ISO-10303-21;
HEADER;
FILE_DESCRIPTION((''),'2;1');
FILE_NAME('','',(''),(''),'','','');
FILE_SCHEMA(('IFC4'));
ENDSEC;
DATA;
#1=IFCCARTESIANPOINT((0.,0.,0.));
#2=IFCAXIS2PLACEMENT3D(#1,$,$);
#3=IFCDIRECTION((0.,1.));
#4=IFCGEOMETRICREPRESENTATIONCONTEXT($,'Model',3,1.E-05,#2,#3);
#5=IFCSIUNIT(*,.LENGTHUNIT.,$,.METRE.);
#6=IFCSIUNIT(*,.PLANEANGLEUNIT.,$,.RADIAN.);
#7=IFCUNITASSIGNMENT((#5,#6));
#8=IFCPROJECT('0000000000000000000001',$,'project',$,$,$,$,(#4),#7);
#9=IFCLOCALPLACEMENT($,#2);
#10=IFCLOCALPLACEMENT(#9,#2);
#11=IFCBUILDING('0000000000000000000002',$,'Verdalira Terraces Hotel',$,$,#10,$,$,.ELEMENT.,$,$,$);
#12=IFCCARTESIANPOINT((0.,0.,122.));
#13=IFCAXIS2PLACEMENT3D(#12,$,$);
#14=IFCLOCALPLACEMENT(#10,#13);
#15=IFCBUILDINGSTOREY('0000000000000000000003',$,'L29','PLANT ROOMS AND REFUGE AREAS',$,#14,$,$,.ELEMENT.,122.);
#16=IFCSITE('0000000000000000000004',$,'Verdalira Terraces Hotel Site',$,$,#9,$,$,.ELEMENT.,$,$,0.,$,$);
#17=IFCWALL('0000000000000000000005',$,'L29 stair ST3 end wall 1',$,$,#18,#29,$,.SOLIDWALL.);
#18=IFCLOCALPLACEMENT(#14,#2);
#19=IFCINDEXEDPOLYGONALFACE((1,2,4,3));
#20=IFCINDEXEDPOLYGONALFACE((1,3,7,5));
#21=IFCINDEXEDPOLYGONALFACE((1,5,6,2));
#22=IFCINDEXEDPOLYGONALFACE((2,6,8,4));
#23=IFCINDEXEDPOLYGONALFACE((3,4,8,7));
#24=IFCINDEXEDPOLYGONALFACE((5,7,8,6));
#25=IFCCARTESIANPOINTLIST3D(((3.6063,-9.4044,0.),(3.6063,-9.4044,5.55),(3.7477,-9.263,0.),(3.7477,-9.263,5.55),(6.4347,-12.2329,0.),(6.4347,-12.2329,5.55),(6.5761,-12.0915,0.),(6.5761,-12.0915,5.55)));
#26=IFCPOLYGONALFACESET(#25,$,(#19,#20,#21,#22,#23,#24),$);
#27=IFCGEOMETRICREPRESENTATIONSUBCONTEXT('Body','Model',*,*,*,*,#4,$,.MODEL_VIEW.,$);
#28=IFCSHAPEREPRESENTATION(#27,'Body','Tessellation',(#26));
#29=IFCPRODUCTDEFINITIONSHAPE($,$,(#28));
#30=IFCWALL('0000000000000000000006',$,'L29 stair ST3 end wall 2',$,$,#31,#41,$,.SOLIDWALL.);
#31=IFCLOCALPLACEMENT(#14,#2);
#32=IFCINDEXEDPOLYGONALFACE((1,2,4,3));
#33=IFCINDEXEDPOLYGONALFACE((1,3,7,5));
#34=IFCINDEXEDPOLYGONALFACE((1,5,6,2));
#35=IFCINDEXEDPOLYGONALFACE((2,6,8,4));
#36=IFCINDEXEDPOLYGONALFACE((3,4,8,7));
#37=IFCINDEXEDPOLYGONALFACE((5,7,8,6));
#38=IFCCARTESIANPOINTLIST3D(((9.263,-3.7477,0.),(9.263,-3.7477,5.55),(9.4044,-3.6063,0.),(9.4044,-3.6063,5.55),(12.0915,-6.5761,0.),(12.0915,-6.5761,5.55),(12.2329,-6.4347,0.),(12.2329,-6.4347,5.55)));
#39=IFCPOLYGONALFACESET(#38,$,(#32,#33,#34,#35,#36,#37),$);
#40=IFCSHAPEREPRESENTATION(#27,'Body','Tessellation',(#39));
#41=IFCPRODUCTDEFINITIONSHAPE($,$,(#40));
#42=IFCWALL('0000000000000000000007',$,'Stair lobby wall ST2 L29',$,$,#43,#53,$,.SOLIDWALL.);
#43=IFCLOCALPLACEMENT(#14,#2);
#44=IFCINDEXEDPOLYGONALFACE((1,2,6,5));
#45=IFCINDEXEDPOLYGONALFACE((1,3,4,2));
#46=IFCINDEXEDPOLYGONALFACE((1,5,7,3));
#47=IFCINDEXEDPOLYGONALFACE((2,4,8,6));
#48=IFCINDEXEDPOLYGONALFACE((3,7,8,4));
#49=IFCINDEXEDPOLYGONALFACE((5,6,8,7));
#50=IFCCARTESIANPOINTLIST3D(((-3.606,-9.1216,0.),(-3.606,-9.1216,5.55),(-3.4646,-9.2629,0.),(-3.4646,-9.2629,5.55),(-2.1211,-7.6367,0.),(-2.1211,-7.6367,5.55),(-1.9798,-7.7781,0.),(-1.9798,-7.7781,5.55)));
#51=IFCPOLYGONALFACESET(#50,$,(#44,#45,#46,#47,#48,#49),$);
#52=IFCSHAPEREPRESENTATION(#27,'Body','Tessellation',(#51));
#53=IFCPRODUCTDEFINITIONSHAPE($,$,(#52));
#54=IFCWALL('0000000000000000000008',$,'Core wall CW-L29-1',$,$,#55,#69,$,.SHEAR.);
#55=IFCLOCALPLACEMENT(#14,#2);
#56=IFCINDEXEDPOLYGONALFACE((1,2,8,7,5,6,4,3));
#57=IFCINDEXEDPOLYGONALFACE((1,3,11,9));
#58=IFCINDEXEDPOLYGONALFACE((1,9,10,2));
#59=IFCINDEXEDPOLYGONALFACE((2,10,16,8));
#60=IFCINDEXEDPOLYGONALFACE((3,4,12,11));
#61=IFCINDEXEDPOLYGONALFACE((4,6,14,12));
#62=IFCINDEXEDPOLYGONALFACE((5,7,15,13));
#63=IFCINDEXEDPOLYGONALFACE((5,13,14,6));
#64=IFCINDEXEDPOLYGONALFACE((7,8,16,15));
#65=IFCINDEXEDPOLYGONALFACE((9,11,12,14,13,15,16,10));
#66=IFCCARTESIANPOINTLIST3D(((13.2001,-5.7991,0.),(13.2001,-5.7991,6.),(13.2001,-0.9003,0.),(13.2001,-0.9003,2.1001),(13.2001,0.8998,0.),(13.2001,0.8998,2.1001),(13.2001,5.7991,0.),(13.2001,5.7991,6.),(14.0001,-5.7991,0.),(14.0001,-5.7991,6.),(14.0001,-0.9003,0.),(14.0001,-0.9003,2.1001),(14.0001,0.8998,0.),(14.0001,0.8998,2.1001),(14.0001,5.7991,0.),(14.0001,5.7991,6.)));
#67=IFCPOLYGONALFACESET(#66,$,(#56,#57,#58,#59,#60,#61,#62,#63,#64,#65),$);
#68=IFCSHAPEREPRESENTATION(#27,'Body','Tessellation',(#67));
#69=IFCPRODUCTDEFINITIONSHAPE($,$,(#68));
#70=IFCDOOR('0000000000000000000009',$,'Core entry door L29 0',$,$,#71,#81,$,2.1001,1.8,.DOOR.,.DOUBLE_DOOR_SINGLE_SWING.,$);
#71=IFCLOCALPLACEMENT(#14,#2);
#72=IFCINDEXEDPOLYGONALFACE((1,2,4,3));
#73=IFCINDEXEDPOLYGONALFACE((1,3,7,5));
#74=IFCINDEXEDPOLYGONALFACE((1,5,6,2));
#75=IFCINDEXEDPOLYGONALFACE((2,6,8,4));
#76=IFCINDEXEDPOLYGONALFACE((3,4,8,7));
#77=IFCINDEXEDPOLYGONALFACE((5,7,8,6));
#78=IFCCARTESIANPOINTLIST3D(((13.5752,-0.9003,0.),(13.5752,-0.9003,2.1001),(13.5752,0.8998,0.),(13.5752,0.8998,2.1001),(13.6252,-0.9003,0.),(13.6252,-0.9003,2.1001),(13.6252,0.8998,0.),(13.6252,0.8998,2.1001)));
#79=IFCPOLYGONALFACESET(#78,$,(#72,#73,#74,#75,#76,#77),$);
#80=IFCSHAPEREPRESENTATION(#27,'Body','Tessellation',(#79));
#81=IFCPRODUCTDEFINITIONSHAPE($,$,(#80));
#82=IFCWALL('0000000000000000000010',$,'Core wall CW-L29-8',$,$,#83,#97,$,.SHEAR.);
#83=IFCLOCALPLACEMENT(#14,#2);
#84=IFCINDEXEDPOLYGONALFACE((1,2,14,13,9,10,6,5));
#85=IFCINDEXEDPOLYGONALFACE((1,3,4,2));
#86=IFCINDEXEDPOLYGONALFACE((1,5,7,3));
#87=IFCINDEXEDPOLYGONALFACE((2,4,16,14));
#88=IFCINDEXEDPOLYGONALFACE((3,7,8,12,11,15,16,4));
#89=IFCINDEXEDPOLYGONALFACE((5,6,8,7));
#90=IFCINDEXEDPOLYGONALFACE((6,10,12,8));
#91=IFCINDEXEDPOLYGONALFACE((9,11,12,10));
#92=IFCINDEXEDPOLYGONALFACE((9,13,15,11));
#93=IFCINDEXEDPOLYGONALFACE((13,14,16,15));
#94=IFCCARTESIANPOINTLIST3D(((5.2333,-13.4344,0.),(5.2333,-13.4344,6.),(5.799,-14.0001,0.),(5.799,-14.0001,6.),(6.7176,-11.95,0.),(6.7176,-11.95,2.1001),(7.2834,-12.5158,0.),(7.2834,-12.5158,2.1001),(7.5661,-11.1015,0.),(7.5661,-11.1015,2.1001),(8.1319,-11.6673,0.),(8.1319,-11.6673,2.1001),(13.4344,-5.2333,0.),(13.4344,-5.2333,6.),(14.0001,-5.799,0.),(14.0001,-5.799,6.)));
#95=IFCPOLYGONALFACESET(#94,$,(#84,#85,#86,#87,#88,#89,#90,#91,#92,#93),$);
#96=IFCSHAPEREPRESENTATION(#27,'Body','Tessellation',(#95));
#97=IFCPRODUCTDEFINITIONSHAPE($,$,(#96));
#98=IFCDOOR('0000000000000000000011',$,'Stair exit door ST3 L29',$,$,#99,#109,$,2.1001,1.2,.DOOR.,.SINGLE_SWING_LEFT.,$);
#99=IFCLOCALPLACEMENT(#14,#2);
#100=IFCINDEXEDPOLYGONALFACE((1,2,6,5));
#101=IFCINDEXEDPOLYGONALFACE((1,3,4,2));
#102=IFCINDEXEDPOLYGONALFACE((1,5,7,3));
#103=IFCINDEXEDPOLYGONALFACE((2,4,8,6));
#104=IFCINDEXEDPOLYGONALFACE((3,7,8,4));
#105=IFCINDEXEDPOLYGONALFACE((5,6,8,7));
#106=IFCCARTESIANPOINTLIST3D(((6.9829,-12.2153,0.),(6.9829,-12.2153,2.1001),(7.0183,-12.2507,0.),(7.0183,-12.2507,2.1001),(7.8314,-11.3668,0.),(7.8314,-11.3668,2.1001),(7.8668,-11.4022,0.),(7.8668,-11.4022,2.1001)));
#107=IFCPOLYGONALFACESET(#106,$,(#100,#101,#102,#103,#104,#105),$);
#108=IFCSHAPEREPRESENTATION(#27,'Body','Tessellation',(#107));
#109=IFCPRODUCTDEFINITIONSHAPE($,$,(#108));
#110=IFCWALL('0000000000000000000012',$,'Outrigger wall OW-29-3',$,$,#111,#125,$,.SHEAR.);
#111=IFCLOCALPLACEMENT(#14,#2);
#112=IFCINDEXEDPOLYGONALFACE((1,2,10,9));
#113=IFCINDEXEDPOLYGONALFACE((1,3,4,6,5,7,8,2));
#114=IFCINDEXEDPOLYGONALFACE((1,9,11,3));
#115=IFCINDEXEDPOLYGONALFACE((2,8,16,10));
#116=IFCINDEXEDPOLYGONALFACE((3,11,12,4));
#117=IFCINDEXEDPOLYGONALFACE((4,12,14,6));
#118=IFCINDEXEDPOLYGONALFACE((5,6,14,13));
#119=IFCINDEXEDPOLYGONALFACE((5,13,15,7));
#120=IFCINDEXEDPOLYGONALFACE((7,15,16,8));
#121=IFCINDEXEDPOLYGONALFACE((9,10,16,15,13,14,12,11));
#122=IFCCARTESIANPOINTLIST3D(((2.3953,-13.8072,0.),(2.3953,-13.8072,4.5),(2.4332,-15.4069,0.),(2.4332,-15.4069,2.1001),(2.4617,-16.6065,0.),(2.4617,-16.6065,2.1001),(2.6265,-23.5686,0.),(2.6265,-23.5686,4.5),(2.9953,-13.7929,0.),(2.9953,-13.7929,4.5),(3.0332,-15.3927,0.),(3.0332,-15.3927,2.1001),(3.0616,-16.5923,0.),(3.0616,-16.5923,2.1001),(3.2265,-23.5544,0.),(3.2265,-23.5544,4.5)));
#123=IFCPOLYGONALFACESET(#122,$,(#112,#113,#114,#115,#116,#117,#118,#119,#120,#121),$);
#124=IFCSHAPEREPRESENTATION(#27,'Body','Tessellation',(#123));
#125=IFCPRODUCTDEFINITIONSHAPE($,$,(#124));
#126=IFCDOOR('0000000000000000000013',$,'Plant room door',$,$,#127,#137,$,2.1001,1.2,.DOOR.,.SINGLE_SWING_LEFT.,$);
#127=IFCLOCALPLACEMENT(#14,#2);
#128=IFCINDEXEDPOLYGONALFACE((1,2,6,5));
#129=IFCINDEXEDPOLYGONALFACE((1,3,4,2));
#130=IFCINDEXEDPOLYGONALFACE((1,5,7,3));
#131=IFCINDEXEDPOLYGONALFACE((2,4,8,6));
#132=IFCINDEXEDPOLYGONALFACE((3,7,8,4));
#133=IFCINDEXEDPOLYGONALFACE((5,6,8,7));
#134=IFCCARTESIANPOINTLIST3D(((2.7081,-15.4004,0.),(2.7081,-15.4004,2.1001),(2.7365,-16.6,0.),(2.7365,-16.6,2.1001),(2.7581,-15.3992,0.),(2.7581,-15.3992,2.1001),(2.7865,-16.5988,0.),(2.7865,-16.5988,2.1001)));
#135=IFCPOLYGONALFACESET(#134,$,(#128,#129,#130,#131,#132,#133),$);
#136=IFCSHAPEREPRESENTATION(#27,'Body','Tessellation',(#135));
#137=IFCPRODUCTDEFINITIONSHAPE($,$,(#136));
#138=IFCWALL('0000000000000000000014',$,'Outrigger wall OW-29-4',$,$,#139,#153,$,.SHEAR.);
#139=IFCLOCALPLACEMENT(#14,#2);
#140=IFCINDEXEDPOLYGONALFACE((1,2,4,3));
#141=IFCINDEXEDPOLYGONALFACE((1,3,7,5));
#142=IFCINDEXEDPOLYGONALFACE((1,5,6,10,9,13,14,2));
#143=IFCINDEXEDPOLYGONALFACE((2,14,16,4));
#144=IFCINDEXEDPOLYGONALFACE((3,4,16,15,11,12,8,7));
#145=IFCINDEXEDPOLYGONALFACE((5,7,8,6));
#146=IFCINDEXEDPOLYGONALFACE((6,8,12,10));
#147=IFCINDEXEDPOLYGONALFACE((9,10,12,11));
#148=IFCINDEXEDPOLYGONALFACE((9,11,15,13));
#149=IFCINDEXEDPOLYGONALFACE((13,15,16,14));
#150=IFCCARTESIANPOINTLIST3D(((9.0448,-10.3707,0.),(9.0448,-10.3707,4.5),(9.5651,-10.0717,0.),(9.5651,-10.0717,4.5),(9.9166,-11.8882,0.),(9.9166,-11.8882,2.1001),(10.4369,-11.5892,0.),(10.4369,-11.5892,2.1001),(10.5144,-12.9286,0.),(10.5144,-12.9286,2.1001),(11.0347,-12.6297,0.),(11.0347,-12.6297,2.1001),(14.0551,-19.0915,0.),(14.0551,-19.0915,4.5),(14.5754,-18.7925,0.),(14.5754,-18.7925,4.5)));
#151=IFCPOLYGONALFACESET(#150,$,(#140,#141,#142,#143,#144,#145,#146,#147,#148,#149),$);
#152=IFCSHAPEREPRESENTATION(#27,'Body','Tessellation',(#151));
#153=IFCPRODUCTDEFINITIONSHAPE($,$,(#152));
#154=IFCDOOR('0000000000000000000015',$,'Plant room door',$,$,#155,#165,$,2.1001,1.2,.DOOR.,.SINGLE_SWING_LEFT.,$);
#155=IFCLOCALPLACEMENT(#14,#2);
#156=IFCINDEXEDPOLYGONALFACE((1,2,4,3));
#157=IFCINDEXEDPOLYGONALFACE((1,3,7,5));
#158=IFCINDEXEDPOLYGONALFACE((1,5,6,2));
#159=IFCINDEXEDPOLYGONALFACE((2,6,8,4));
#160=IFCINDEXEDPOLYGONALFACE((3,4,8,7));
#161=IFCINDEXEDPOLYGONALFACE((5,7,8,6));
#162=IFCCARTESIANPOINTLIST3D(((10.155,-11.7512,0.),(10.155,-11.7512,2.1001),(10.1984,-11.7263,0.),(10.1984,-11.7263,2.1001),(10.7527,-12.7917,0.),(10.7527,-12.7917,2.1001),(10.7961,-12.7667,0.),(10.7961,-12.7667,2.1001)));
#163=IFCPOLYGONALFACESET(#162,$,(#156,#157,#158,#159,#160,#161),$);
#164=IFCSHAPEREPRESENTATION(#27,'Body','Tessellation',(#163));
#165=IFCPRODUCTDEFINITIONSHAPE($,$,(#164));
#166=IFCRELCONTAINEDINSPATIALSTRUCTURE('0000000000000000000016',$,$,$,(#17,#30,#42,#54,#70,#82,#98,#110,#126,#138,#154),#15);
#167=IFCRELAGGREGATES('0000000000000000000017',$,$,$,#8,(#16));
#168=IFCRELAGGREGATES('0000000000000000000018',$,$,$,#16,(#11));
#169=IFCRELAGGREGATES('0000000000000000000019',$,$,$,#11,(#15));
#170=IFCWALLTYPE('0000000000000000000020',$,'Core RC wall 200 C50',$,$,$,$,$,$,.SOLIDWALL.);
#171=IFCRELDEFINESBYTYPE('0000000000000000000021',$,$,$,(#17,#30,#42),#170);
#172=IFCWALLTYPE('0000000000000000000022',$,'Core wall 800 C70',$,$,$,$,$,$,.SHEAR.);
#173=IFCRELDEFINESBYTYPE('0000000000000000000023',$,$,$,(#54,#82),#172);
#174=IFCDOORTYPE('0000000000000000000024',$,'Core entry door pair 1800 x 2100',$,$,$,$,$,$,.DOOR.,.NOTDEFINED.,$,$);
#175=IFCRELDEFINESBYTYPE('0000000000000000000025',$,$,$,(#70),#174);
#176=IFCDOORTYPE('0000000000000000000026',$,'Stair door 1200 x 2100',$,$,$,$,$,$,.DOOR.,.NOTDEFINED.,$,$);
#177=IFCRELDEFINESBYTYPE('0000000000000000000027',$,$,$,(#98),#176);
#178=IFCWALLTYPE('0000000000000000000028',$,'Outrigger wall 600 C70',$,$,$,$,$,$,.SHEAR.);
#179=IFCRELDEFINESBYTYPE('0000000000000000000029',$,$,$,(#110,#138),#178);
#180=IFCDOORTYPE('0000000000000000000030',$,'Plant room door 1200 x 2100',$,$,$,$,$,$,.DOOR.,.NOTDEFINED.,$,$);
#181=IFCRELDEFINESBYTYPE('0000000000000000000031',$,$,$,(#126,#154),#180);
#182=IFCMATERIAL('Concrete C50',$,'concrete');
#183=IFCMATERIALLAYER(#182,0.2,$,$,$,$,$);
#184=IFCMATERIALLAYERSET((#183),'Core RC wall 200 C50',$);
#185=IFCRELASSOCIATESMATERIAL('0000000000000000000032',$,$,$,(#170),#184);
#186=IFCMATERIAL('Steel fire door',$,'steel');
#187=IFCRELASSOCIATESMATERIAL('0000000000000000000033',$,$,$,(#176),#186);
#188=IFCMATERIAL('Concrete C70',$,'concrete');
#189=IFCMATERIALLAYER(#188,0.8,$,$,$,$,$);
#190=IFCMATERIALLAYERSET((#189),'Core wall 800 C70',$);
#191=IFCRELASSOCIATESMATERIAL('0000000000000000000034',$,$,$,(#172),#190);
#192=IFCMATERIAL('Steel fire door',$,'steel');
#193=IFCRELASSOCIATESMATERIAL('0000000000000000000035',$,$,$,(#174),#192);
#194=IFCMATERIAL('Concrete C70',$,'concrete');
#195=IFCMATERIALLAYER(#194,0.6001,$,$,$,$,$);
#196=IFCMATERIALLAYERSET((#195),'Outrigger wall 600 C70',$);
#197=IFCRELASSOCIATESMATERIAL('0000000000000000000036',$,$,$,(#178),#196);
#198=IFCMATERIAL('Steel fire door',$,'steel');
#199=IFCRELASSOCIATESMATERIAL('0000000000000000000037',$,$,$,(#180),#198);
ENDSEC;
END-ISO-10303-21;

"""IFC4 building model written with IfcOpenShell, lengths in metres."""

from ifc_helpers import new_model, si_unit, direction, frame, frame_2d, origin, place, context, subcontext, project, spatial, rectangle, extrude, material, layer, layer_set, type_object, element, fill, save


model = new_model("IFC4")

# Units and contexts
model_context = context("Model", 3, precision=1e-05, world=origin(), true_north=direction((0.0, 1.0)))
body_context = subcontext(model_context, "Body", "Model", "MODEL_VIEW")
ifc_project = project(units=[si_unit("LENGTHUNIT", "METRE"), si_unit("PLANEANGLEUNIT", "RADIAN")], contexts=[model_context])

# Site, building, storey
site_placement = place(None, origin())
site = spatial("IfcSite", under=ifc_project, at=site_placement, Name="Verdalira Terraces Hotel Site", CompositionType="ELEMENT", RefElevation=0.0)
building_placement = place(site_placement, origin())
building = spatial("IfcBuilding", under=site, at=building_placement, Name="Verdalira Terraces Hotel", CompositionType="ELEMENT")
storey_placement = place(building_placement, frame((0.0, 0.0, 122.0)))
storey = spatial("IfcBuildingStorey", under=building, at=storey_placement, Name="L29", Description="PLANT ROOMS AND REFUGE AREAS", CompositionType="ELEMENT", Elevation=122.0)

# Shared definitions
ifc_material_1 = material(Name="Concrete C50", Category="concrete")
ifc_layer_1 = layer(ifc_material_1, 0.2)
ifc_layer_set_1 = layer_set([ifc_layer_1], Name="Core RC wall 200 C50")
wall_type_1 = type_object("IfcWallType", Name="Core RC wall 200 C50", PredefinedType="SOLIDWALL", material=ifc_layer_set_1)

# Shared definitions
ifc_material_2 = material(Name="Steel fire door", Category="steel")
door_type_1 = type_object("IfcDoorType", Name="Stair door 1200 x 2100", OperationType="NOTDEFINED", PredefinedType="DOOR", material=ifc_material_2)

# Walls
for number, where, z_axis, x_axis, name in (
    (1, (3.677, -9.3337, 0.0), (0.0, 0.0, 1.0), (0.707107, -0.707107, 0.0), "L29 stair ST3 end wall 1"),
    (2, (9.3337, -3.677, 0.0), (0.0, 0.0, 1.0), (0.707107, -0.707107, 0.0), "L29 stair ST3 end wall 2"),
):
    element("IfcWall", number, at=place(storey_placement, frame(where, z_axis=z_axis, x_axis=x_axis)), inside=storey, type_object=wall_type_1, Name=name, PredefinedType="SOLIDWALL", context=body_context, shape_type="SweptSolid", body=[
        extrude(rectangle(XDim=4.0, YDim=0.2, at=frame_2d((2.0, 0.0))), origin(), (0.0, 0.0, 1.0), 5.55),
    ])
wall_1_placement = place(storey_placement, frame((-2.0505, -7.7075, 0.0), z_axis=(0.0, 0.0, 1.0), x_axis=(-0.707107, -0.707107, 0.0)))
element("IfcWall", 3, at=wall_1_placement, inside=storey, type_object=wall_type_1, Name="Stair lobby wall ST2 L29", PredefinedType="SOLIDWALL", context=body_context, shape_type="SweptSolid", body=[
    extrude(rectangle(XDim=2.0999, YDim=0.2, at=frame_2d((1.0498, 0.0))), origin(), (0.0, 0.0, 1.0), 5.55),
])

# Walls, openings, doors
ifc_material_3 = material(Name="Concrete C70", Category="concrete")
ifc_layer_2 = layer(ifc_material_3, 0.8)
ifc_layer_set_2 = layer_set([ifc_layer_2], Name="Core wall 800 C70")
wall_type_2 = type_object("IfcWallType", Name="Core wall 800 C70", PredefinedType="SHEAR", material=ifc_layer_set_2)
wall_2_placement = place(storey_placement, frame((13.6001, -5.7991, 0.0), z_axis=(0.0, 0.0, 1.0), x_axis=(0.0, 1.0, 0.0)))
wall_2 = element("IfcWall", 4, at=wall_2_placement, inside=storey, type_object=wall_type_2, Name="Core wall CW-L29-1", PredefinedType="SHEAR", context=body_context, shape_type="SweptSolid", body=[
    extrude(rectangle(XDim=11.5981, YDim=0.8, at=frame_2d((5.7991, 0.0))), origin(), (0.0, 0.0, 1.0), 6.0),
])
opening_1_placement = place(wall_2_placement, frame((4.8989, 0.0, 0.0)))
opening_1 = element("IfcOpeningElement", 5, at=opening_1_placement, cuts=wall_2, PredefinedType="OPENING", context=body_context, shape_type="SweptSolid", body=[
    extrude(rectangle(XDim=1.8, YDim=2.1001, at=frame_2d((0.8999, 1.05))), frame((0.0, 0.4099, 0.0), z_axis=(0.0, -1.0, 0.0), x_axis=(1.0, 0.0, 0.0)), (0.0, 0.0, 1.0), 0.8201),
])
ifc_material_4 = material(Name="Steel fire door", Category="steel")
door_type_2 = type_object("IfcDoorType", Name="Core entry door pair 1800 x 2100", OperationType="NOTDEFINED", PredefinedType="DOOR", material=ifc_material_4)
door_1_placement = place(opening_1_placement, origin())
door_1 = element("IfcDoor", 6, at=door_1_placement, inside=storey, type_object=door_type_2, Name="Core entry door L29 0", OperationType="DOUBLE_DOOR_SINGLE_SWING", OverallHeight=2.1001, OverallWidth=1.8, PredefinedType="DOOR", context=body_context, shape_type="SweptSolid", body=[
    extrude(rectangle(XDim=1.8, YDim=2.1001, at=frame_2d((0.8999, 1.05))), frame((0.0, 0.0249, 0.0), z_axis=(0.0, -1.0, 0.0), x_axis=(1.0, 0.0, 0.0)), (0.0, 0.0, 1.0), 0.05),
])
fill(opening_1, door_1)
wall_3_placement = place(storey_placement, frame((5.5161, -13.7173, 0.0), z_axis=(0.0, 0.0, 1.0), x_axis=(0.707107, 0.707107, 0.0)))
wall_3 = element("IfcWall", 7, at=wall_3_placement, inside=storey, type_object=wall_type_2, Name="Core wall CW-L29-8", PredefinedType="SHEAR", context=body_context, shape_type="SweptSolid", body=[
    extrude(rectangle(XDim=11.5981, YDim=0.8, at=frame_2d((5.7991, 0.0))), origin(), (0.0, 0.0, 1.0), 6.0),
])
opening_2_placement = place(wall_3_placement, frame((2.0991, 0.0, 0.0)))
opening_2 = element("IfcOpeningElement", 8, at=opening_2_placement, cuts=wall_3, PredefinedType="OPENING", context=body_context, shape_type="SweptSolid", body=[
    extrude(rectangle(XDim=1.2, YDim=2.1001, at=frame_2d((0.6001, 1.05))), frame((0.0, 0.4099, 0.0), z_axis=(0.0, -1.0, 0.0), x_axis=(1.0, 0.0, 0.0)), (0.0, 0.0, 1.0), 0.8201),
])
door_2_placement = place(opening_2_placement, origin())
door_2 = element("IfcDoor", 9, at=door_2_placement, inside=storey, type_object=door_type_1, Name="Stair exit door ST3 L29", OperationType="SINGLE_SWING_LEFT", OverallHeight=2.1001, OverallWidth=1.2, PredefinedType="DOOR", context=body_context, shape_type="SweptSolid", body=[
    extrude(rectangle(XDim=1.2, YDim=2.1001, at=frame_2d((0.6001, 1.05))), frame((0.0, 0.0249, 0.0), z_axis=(0.0, -1.0, 0.0), x_axis=(1.0, 0.0, 0.0)), (0.0, 0.0, 1.0), 0.05),
])
fill(opening_2, door_2)
ifc_material_5 = material(Name="Concrete C70", Category="concrete")
ifc_layer_3 = layer(ifc_material_5, 0.6001)
ifc_layer_set_3 = layer_set([ifc_layer_3], Name="Outrigger wall 600 C70")
wall_type_3 = type_object("IfcWallType", Name="Outrigger wall 600 C70", PredefinedType="SHEAR", material=ifc_layer_set_3)
wall_4_placement = place(storey_placement, frame((2.6953, -13.8, 0.0), z_axis=(0.0, 0.0, 1.0), x_axis=(0.023678, -0.99972, 0.0)))
wall_4 = element("IfcWall", 10, at=wall_4_placement, inside=storey, type_object=wall_type_3, Name="Outrigger wall OW-29-3", PredefinedType="SHEAR", context=body_context, shape_type="SweptSolid", body=[
    extrude(rectangle(XDim=9.7642, YDim=0.6001, at=frame_2d((4.8821, 0.0))), origin(), (0.0, 0.0, 1.0), 4.5),
])
opening_3_placement = place(wall_4_placement, frame((1.6001, 0.0, 0.0)))
opening_3 = element("IfcOpeningElement", 11, at=opening_3_placement, cuts=wall_4, PredefinedType="OPENING", context=body_context, shape_type="SweptSolid", body=[
    extrude(rectangle(XDim=1.2, YDim=2.1001, at=frame_2d((0.6001, 1.05))), frame((0.0, 0.3101, 0.0), z_axis=(0.0, -1.0, 0.0), x_axis=(1.0, 0.0, 0.0)), (0.0, 0.0, 1.0), 0.6201),
])
ifc_material_6 = material(Name="Steel fire door", Category="steel")
door_type_3 = type_object("IfcDoorType", Name="Plant room door 1200 x 2100", OperationType="NOTDEFINED", PredefinedType="DOOR", material=ifc_material_6)
door_3_placement = place(opening_3_placement, origin())
door_3 = element("IfcDoor", 12, at=door_3_placement, inside=storey, type_object=door_type_3, Name="Plant room door", OperationType="SINGLE_SWING_LEFT", OverallHeight=2.1001, OverallWidth=1.2, PredefinedType="DOOR", context=body_context, shape_type="SweptSolid", body=[
    extrude(rectangle(XDim=1.2, YDim=2.1001, at=frame_2d((0.6001, 1.05))), frame((0.0, 0.0249, 0.0), z_axis=(0.0, -1.0, 0.0), x_axis=(1.0, 0.0, 0.0)), (0.0, 0.0, 1.0), 0.05),
])
fill(opening_3, door_3)
wall_5_placement = place(storey_placement, frame((9.3049, -10.2212, 0.0), z_axis=(0.0, 0.0, 1.0), x_axis=(0.498161, -0.867085, 0.0)))
wall_5 = element("IfcWall", 13, at=wall_5_placement, inside=storey, type_object=wall_type_3, Name="Outrigger wall OW-29-4", PredefinedType="SHEAR", context=body_context, shape_type="SweptSolid", body=[
    extrude(rectangle(XDim=10.0576, YDim=0.6001, at=frame_2d((5.0288, 0.0))), origin(), (0.0, 0.0, 1.0), 4.5),
])
opening_4_placement = place(wall_5_placement, frame((1.75, 0.0, 0.0)))
opening_4 = element("IfcOpeningElement", 14, at=opening_4_placement, cuts=wall_5, PredefinedType="OPENING", context=body_context, shape_type="SweptSolid", body=[
    extrude(rectangle(XDim=1.2, YDim=2.1001, at=frame_2d((0.6001, 1.05))), frame((0.0, 0.3101, 0.0), z_axis=(0.0, -1.0, 0.0), x_axis=(1.0, 0.0, 0.0)), (0.0, 0.0, 1.0), 0.6201),
])
door_4_placement = place(opening_4_placement, origin())
door_4 = element("IfcDoor", 15, at=door_4_placement, inside=storey, type_object=door_type_3, Name="Plant room door", OperationType="SINGLE_SWING_LEFT", OverallHeight=2.1001, OverallWidth=1.2, PredefinedType="DOOR", context=body_context, shape_type="SweptSolid", body=[
    extrude(rectangle(XDim=1.2, YDim=2.1001, at=frame_2d((0.6001, 1.05))), frame((0.0, 0.0249, 0.0), z_axis=(0.0, -1.0, 0.0), x_axis=(1.0, 0.0, 0.0)), (0.0, 0.0, 1.0), 0.05),
])
fill(opening_4, door_4)

save(model, "model.ifc")
